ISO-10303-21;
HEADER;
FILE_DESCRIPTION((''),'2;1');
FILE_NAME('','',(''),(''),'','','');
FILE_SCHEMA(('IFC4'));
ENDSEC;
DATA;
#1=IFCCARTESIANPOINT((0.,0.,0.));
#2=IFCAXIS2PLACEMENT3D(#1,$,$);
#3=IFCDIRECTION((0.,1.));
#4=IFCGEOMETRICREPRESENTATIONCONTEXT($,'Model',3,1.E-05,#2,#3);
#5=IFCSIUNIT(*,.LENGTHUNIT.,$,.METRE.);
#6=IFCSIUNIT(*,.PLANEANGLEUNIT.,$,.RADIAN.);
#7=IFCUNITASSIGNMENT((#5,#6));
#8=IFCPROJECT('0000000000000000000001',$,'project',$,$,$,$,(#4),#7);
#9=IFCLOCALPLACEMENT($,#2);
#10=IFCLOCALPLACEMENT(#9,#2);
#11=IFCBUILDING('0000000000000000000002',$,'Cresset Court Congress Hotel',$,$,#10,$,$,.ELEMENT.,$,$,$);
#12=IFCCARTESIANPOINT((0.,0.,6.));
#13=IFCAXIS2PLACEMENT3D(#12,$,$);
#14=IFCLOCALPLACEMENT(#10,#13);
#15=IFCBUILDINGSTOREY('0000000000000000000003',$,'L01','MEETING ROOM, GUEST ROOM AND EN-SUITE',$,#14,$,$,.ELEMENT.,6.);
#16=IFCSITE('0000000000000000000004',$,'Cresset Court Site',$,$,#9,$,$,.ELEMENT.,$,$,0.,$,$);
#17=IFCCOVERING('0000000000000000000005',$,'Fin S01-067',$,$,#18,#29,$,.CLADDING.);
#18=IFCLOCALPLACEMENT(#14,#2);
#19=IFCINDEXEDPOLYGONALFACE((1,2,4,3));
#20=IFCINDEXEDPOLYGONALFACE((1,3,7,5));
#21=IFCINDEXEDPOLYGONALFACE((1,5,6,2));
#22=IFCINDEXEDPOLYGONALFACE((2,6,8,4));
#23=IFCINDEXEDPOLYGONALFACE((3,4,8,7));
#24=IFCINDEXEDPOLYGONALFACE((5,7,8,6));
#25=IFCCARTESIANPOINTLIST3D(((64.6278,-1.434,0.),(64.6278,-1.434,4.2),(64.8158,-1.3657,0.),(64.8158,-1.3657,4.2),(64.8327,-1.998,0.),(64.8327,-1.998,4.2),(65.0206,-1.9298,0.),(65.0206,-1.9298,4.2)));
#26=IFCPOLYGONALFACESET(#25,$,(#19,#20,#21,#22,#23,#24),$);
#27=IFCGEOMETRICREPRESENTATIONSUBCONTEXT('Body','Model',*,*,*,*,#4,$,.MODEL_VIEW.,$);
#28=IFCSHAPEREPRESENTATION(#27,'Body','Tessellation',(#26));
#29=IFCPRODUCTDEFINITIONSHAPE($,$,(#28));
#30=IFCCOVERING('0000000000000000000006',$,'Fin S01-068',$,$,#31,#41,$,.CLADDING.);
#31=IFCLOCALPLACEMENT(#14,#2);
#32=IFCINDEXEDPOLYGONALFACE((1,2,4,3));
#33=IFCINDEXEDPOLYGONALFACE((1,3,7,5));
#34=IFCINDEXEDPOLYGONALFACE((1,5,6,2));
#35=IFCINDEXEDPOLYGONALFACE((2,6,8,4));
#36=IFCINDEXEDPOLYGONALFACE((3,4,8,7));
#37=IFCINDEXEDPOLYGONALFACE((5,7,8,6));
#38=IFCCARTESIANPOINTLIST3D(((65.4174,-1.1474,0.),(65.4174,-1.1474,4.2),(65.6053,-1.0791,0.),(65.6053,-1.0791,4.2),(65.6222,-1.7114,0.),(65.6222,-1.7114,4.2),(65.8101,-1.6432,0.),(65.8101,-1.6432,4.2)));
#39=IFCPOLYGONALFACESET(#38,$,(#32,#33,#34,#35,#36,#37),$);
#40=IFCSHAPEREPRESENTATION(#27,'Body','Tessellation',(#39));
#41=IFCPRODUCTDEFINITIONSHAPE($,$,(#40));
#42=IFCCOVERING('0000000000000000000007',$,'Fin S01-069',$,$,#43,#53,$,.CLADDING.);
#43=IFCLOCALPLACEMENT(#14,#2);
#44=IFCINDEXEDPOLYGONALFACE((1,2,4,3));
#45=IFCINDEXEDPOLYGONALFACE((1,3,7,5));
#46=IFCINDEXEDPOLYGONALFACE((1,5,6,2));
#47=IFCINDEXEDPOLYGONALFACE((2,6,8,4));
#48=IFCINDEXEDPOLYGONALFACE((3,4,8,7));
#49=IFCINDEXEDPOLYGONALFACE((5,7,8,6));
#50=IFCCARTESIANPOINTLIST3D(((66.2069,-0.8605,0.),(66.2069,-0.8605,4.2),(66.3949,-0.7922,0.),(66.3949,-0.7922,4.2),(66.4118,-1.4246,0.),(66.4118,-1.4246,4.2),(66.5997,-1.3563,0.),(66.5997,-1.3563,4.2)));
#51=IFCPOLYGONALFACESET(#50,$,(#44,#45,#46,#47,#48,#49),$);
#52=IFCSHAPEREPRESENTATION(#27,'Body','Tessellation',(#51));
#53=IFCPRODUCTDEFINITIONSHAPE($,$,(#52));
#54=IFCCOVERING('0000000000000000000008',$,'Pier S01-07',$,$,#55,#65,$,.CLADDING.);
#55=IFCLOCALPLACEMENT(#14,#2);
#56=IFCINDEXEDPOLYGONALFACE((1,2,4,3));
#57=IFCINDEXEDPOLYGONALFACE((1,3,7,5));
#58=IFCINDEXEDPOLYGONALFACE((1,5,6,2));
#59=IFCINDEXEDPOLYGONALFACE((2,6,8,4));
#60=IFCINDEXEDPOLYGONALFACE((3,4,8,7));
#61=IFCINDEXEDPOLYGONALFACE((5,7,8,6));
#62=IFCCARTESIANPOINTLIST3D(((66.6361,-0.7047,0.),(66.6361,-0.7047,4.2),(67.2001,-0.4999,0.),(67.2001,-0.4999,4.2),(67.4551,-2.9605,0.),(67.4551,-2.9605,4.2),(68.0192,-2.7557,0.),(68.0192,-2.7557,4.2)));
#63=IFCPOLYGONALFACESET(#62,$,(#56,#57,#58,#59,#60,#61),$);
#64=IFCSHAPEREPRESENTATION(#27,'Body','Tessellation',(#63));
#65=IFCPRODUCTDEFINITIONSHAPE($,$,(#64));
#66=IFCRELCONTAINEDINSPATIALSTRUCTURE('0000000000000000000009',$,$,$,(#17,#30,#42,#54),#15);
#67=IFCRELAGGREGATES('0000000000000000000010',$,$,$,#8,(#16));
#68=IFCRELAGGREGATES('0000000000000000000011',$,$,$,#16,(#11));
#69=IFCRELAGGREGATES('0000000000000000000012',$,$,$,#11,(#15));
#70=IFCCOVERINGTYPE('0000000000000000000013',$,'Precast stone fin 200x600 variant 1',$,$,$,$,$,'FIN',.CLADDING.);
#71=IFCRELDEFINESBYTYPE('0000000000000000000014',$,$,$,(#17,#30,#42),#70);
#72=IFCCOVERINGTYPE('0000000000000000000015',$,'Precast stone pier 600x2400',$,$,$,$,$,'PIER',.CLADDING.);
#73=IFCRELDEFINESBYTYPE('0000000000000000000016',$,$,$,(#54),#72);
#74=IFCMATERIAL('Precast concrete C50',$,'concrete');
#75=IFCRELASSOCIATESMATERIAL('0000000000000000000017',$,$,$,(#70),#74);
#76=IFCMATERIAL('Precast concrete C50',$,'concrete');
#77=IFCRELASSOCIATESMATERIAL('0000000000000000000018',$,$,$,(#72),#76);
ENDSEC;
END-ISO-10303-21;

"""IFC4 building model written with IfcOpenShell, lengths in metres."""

from ifc_helpers import new_model, si_unit, direction, frame, origin, origin_2d, place, context, subcontext, project, spatial, rectangle, extrude, material, type_object, element, save


model = new_model("IFC4")

# Units and contexts
model_context = context("Model", 3, precision=1e-05, world=origin(), true_north=direction((0.0, 1.0)))
body_context = subcontext(model_context, "Body", "Model", "MODEL_VIEW")
ifc_project = project(units=[si_unit("LENGTHUNIT", "METRE"), si_unit("PLANEANGLEUNIT", "RADIAN")], contexts=[model_context])

# Site, building, storey
site_placement = place(None, origin())
site = spatial("IfcSite", under=ifc_project, at=site_placement, Name="Cresset Court Site", CompositionType="ELEMENT", RefElevation=0.0)
building_placement = place(site_placement, origin())
building = spatial("IfcBuilding", under=site, at=building_placement, Name="Cresset Court Congress Hotel", CompositionType="ELEMENT")
storey_placement = place(building_placement, frame((0.0, 0.0, 6.0)))
storey = spatial("IfcBuildingStorey", under=building, at=storey_placement, Name="L01", Description="MEETING ROOM, GUEST ROOM AND EN-SUITE", CompositionType="ELEMENT", Elevation=6.0)

# Coverings
ifc_material_1 = material(Name="Precast concrete C50", Category="concrete")
covering_type_1 = type_object("IfcCoveringType", Name="Precast stone fin 200x600 variant 1", ElementType="FIN", PredefinedType="CLADDING", material=ifc_material_1)
for number, where, z_axis, x_axis, name in (
    (1, (64.8242, -1.6819, 0.0), (0.0, 0.0, 1.0), (0.939957, 0.341293, 0.0), "Fin S01-067"),
    (2, (65.6138, -1.3953, 0.0), (0.0, 0.0, 1.0), (0.939957, 0.341293, 0.0), "Fin S01-068"),
    (3, (66.4033, -1.1084, 0.0), (0.0, 0.0, 1.0), (0.939957, 0.341293, 0.0), "Fin S01-069"),
):
    element("IfcCovering", number, at=place(storey_placement, frame(where, z_axis=z_axis, x_axis=x_axis)), inside=storey, type_object=covering_type_1, Name=name, PredefinedType="CLADDING", context=body_context, shape_type="SweptSolid", body=[
        extrude(rectangle(XDim=0.2, YDim=0.6001, at=origin_2d()), origin(), (0.0, 0.0, 1.0), 4.2),
    ])
ifc_material_2 = material(Name="Precast concrete C50", Category="concrete")
covering_type_2 = type_object("IfcCoveringType", Name="Precast stone pier 600x2400", ElementType="PIER", PredefinedType="CLADDING", material=ifc_material_2)
covering_placement = place(storey_placement, frame((67.3276, -1.7302, 0.0), z_axis=(0.0, 0.0, 1.0), x_axis=(0.939957, 0.341293, 0.0)))
element("IfcCovering", 4, at=covering_placement, inside=storey, type_object=covering_type_2, Name="Pier S01-07", PredefinedType="CLADDING", context=body_context, shape_type="SweptSolid", body=[
    extrude(rectangle(XDim=0.6001, YDim=2.3999, at=origin_2d()), origin(), (0.0, 0.0, 1.0), 4.2),
])

save(model, "model.ifc")
